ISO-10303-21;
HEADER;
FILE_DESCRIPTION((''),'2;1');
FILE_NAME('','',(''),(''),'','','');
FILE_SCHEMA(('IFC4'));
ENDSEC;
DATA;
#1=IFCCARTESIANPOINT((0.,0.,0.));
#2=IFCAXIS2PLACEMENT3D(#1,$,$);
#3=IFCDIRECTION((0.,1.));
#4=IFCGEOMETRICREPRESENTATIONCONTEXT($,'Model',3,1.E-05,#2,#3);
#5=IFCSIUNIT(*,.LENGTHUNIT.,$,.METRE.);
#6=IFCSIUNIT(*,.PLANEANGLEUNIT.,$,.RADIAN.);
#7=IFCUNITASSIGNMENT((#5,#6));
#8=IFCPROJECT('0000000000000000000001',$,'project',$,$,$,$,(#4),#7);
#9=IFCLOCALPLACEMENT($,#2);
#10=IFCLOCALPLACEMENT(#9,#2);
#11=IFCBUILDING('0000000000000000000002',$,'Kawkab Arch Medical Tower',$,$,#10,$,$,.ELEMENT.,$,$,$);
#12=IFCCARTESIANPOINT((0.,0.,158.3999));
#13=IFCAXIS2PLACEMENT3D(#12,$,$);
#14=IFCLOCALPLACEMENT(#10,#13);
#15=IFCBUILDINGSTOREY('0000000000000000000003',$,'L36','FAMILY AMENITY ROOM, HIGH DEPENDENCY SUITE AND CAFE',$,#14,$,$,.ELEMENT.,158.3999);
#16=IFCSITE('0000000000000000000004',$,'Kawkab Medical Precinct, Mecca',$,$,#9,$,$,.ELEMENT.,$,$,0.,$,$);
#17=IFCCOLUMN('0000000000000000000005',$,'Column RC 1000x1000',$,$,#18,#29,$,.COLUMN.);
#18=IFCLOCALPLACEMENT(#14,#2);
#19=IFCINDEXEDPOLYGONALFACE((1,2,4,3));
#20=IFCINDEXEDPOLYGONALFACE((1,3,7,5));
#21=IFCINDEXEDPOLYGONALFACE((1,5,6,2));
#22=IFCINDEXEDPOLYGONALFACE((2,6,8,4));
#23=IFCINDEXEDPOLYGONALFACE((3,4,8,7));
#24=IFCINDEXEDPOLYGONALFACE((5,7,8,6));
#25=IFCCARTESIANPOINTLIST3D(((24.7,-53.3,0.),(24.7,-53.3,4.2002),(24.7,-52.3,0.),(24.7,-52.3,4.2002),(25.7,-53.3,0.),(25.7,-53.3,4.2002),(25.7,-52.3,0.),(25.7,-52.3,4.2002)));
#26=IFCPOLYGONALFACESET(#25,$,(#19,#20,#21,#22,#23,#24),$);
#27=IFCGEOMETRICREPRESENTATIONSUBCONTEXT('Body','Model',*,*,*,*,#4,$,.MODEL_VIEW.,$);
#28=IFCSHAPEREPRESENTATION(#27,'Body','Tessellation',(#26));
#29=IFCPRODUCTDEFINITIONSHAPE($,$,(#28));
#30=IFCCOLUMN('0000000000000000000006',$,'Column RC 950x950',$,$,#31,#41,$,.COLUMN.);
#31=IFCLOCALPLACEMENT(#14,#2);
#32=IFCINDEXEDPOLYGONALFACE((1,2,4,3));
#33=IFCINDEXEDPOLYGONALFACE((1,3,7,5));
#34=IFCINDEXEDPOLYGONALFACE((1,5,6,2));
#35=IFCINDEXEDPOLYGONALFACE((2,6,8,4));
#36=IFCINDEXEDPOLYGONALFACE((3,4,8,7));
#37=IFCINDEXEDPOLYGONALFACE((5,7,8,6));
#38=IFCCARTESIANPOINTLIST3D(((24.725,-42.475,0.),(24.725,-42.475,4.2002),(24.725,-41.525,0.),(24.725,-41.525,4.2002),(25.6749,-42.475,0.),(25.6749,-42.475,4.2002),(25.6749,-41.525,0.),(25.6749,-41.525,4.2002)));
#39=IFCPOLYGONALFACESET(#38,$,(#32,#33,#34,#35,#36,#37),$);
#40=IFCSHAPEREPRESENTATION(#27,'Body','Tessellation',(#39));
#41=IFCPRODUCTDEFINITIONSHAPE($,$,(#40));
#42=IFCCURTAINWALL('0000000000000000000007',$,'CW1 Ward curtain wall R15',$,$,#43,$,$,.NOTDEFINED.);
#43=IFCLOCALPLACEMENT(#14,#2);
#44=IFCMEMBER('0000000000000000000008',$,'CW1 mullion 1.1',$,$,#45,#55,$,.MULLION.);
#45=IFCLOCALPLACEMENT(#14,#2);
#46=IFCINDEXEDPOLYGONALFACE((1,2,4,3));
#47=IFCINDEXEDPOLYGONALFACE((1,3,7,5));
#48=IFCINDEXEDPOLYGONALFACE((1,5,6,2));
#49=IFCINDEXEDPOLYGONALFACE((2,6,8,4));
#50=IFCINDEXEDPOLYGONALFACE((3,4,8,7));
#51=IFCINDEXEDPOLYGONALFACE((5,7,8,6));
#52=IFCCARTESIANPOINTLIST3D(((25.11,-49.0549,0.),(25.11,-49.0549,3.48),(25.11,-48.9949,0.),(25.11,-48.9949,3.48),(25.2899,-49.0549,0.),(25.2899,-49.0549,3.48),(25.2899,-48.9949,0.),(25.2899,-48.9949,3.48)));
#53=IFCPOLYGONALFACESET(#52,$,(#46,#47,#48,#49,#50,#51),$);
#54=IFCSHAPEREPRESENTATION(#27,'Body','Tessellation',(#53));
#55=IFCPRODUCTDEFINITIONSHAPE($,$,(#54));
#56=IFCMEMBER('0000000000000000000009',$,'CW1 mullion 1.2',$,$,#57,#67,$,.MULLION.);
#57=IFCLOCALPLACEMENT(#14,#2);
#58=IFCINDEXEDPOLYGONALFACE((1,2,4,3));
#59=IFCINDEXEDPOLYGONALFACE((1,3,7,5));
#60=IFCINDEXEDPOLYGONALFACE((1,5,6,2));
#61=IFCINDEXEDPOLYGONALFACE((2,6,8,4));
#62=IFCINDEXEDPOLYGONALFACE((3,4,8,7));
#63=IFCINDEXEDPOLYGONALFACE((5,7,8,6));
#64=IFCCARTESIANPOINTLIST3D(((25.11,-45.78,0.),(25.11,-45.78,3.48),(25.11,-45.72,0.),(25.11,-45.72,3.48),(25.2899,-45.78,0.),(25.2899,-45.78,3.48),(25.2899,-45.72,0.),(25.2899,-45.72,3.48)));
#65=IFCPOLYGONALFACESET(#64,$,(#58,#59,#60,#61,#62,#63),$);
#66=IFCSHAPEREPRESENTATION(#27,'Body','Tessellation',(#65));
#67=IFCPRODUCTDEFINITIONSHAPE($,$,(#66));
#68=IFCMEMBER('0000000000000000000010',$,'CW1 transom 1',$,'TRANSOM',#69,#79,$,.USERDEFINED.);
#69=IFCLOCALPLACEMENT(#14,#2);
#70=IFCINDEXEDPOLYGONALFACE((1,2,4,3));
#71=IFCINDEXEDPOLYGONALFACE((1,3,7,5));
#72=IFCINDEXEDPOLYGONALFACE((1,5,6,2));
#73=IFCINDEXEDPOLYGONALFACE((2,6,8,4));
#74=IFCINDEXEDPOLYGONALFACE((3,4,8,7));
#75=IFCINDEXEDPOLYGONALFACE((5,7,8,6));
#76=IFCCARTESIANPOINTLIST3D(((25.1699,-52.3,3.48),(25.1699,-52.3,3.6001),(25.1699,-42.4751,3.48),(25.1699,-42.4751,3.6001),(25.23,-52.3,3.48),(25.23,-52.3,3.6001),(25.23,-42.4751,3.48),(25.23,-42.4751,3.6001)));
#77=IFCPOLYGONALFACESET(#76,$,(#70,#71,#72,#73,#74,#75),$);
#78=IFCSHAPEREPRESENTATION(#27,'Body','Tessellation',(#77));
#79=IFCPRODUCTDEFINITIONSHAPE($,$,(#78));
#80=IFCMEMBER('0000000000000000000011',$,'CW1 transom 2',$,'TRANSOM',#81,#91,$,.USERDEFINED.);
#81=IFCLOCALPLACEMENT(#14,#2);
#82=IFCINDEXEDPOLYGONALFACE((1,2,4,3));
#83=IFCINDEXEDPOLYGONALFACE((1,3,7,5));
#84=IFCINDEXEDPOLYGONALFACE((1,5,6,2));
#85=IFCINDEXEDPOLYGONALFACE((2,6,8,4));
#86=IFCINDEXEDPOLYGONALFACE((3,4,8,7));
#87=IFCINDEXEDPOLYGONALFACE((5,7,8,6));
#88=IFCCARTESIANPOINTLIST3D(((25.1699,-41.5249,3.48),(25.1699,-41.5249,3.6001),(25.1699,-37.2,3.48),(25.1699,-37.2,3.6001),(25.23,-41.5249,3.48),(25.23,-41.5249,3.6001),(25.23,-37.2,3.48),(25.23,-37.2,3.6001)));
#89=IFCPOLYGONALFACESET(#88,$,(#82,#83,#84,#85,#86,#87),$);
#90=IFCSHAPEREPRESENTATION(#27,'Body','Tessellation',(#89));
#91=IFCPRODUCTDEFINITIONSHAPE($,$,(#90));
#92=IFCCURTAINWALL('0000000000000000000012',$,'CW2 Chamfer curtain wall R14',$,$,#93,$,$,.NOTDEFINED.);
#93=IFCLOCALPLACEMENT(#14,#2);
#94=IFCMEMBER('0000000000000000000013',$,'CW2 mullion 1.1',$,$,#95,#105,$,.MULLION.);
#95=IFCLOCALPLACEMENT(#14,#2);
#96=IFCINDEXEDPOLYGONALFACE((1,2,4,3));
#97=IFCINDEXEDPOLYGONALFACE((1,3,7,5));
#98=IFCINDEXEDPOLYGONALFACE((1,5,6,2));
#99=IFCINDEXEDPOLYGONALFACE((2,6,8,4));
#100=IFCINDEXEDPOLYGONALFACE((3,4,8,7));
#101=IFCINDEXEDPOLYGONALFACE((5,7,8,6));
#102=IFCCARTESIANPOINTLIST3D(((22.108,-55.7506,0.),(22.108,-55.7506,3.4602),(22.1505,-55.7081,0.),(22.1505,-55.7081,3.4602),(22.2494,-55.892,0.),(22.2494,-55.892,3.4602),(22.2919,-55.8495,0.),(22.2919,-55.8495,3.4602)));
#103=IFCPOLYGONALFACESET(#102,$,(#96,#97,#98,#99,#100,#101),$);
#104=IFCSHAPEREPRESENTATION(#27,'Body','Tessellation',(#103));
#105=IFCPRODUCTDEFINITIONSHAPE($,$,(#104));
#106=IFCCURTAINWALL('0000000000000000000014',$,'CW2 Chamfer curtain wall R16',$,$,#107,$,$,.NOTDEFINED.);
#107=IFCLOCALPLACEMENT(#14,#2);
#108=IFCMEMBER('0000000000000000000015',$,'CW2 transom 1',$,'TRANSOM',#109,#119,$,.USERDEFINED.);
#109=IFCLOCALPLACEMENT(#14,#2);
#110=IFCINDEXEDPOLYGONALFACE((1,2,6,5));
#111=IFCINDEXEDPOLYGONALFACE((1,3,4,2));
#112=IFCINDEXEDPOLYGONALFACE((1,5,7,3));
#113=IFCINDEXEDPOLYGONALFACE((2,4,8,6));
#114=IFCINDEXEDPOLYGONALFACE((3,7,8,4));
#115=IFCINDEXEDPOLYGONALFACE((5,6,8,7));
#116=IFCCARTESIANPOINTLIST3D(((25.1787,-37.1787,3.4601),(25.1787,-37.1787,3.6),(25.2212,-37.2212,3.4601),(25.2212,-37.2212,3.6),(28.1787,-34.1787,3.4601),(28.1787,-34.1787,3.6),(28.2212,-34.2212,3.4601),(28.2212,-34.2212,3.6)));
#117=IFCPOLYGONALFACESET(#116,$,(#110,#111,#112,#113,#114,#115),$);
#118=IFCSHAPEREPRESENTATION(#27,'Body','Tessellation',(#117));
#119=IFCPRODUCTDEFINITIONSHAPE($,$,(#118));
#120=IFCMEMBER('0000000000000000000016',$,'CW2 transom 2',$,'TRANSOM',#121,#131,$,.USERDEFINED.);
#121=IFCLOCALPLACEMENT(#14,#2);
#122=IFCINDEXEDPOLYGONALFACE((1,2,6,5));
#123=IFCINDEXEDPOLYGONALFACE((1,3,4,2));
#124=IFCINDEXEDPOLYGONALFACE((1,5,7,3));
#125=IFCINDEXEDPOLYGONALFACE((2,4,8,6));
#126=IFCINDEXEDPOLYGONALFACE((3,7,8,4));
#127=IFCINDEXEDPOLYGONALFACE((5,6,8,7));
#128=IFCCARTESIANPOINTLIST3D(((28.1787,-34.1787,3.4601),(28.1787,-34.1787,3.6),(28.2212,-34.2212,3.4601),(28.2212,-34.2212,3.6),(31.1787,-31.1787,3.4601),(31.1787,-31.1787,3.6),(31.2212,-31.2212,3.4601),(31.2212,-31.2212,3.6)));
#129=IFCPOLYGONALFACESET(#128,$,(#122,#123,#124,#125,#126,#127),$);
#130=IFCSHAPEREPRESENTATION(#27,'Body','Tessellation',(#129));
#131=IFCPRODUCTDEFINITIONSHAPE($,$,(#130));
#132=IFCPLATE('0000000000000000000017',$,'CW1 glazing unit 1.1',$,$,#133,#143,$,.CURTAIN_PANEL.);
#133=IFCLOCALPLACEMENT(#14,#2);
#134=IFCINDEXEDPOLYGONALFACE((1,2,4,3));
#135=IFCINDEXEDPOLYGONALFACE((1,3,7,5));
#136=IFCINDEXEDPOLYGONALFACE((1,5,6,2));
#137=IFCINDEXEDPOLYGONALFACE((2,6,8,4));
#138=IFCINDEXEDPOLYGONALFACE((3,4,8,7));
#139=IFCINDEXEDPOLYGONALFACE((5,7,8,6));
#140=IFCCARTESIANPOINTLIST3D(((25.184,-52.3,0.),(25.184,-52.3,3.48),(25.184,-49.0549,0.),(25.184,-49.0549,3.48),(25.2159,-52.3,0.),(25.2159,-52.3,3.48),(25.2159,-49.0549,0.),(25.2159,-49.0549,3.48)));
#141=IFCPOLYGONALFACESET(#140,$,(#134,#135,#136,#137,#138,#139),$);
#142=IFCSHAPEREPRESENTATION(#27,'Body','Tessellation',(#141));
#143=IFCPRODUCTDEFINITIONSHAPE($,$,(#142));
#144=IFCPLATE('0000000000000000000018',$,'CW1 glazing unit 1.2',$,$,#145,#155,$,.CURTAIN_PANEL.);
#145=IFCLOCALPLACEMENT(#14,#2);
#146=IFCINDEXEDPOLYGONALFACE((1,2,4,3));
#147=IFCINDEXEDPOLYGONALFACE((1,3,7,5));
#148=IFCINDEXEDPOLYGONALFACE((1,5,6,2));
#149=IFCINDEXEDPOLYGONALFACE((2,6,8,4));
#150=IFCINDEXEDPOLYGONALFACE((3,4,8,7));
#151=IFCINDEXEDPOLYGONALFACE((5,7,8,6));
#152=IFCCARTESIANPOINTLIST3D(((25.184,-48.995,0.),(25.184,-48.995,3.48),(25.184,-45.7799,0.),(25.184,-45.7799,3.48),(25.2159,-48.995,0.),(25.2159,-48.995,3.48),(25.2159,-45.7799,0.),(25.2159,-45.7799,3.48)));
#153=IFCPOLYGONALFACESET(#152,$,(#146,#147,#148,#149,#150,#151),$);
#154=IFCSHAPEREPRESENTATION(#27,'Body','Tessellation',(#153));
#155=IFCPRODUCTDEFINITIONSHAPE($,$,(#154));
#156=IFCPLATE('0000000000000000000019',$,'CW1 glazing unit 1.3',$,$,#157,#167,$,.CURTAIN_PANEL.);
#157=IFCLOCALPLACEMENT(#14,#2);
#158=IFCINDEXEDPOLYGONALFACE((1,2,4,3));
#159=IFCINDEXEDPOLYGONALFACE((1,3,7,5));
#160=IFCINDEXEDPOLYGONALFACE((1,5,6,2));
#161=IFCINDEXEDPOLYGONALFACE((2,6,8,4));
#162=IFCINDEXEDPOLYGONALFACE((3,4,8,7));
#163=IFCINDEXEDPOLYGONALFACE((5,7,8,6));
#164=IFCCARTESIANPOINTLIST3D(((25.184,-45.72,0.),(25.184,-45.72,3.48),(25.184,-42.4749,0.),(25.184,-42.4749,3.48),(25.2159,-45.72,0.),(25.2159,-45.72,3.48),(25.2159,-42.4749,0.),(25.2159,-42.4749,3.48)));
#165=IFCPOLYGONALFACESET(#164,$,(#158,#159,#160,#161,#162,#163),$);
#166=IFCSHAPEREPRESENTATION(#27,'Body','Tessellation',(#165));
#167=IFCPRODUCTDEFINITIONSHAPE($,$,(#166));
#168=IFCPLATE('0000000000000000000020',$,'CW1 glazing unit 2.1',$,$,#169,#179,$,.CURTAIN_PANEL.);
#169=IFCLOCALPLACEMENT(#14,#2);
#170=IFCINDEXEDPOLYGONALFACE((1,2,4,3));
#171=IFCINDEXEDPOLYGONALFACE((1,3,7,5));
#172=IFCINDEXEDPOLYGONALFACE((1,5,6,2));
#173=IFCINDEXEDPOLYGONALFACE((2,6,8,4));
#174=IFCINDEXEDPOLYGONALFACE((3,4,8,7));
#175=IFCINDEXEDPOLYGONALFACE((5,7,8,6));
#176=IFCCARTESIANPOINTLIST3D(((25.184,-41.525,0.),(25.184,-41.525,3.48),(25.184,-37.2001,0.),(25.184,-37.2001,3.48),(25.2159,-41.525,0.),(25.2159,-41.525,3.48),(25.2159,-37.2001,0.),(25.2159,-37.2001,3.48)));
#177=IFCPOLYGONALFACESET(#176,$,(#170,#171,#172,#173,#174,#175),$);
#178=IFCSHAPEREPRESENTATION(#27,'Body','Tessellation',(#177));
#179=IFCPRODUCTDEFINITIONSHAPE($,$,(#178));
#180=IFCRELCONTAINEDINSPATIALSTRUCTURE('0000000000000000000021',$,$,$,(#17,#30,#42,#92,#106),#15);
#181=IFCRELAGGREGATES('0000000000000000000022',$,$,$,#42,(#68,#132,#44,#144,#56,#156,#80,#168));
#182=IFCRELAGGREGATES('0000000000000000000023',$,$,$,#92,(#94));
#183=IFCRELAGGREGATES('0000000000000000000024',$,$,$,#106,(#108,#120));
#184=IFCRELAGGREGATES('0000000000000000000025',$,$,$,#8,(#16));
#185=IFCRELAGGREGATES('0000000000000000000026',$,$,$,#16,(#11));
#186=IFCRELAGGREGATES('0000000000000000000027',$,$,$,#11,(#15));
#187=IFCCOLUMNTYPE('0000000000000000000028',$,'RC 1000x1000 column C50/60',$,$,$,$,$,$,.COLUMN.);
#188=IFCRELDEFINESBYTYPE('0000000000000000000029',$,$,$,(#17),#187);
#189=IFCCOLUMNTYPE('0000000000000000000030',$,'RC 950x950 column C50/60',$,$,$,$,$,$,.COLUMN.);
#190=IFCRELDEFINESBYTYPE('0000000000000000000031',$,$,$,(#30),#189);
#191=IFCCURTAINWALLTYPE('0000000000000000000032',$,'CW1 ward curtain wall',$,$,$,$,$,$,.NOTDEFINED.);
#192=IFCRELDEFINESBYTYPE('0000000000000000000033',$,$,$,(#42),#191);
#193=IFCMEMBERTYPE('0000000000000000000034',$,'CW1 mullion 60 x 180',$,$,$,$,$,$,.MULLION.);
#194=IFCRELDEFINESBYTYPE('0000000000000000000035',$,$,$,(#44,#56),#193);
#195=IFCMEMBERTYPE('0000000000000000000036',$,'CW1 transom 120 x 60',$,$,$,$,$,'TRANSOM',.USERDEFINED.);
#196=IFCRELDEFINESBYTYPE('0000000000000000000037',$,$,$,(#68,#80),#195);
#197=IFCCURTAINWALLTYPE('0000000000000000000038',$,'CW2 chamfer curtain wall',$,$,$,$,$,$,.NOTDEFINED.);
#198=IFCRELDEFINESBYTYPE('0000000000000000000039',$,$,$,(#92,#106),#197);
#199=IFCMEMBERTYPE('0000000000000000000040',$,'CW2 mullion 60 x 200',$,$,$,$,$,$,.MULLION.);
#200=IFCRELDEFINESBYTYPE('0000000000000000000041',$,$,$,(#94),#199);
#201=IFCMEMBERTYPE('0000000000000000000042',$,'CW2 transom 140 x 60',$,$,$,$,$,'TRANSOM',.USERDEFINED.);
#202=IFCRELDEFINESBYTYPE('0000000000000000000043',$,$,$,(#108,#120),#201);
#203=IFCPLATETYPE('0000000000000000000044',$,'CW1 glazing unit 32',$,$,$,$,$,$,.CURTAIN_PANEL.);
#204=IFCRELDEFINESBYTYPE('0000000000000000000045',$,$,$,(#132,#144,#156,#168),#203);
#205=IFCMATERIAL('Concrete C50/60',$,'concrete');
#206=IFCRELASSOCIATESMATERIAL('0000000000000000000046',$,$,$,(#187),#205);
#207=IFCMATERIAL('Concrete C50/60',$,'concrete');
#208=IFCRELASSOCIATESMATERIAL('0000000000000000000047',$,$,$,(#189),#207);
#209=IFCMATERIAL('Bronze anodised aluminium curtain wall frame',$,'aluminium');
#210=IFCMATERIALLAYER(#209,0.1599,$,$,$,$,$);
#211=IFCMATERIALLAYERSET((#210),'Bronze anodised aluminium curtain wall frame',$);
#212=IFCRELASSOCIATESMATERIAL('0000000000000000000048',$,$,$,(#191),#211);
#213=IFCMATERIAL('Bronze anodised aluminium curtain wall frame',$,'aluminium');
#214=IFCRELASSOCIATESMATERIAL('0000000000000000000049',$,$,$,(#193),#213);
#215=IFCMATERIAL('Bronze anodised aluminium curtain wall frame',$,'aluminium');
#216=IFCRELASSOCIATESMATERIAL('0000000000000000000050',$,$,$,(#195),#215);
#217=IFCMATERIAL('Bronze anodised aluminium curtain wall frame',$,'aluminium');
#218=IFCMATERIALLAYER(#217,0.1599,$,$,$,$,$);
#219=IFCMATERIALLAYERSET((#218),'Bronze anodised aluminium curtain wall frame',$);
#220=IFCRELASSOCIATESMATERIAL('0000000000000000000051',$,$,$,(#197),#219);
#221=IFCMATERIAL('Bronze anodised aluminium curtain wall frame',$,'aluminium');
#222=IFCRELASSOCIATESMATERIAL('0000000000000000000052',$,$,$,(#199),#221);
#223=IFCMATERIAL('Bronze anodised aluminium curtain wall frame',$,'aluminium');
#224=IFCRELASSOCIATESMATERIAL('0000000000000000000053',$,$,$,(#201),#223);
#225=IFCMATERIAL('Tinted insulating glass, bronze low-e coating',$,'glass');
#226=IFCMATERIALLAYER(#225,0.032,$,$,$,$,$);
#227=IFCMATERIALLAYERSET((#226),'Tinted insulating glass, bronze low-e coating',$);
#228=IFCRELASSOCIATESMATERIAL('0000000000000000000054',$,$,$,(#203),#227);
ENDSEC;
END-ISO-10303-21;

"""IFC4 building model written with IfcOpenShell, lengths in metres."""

from ifc_helpers import new_model, si_unit, direction, frame, origin, origin_2d, place, context, subcontext, project, spatial, rectangle, extrude, material, layer, layer_set, material_profile, profile_set, type_object, element, aggregate, save


model = new_model("IFC4")

# Units and contexts
model_context = context("Model", 3, precision=1e-05, world=origin(), true_north=direction((0.0, 1.0)))
body_context = subcontext(model_context, "Body", "Model", "MODEL_VIEW")
ifc_project = project(units=[si_unit("LENGTHUNIT", "METRE"), si_unit("PLANEANGLEUNIT", "RADIAN")], contexts=[model_context])

# Site, building, storey
site_placement = place(None, origin())
site = spatial("IfcSite", under=ifc_project, at=site_placement, Name="Kawkab Medical Precinct, Mecca", CompositionType="ELEMENT", RefElevation=0.0)
building_placement = place(site_placement, origin())
building = spatial("IfcBuilding", under=site, at=building_placement, Name="Kawkab Arch Medical Tower", CompositionType="ELEMENT")
storey_placement = place(building_placement, frame((0.0, 0.0, 158.3999)))
storey = spatial("IfcBuildingStorey", under=building, at=storey_placement, Name="L36", Description="FAMILY AMENITY ROOM, HIGH DEPENDENCY SUITE AND CAFE", CompositionType="ELEMENT", Elevation=158.3999)

# Columns
ifc_material_1 = material(Name="Concrete C50/60", Category="concrete")
ifc_material_profile_1 = material_profile(ifc_material_1, rectangle(XDim=1.0, YDim=1.0, at=origin_2d()), Name="RC 1000x1000")
ifc_profile_set_1 = profile_set([ifc_material_profile_1], Name="Concrete C50/60")
column_type_1 = type_object("IfcColumnType", Name="RC 1000x1000 column C50/60", PredefinedType="COLUMN", material=ifc_profile_set_1)
column_1_placement = place(storey_placement, frame((25.2, -52.8, 0.0), z_axis=(0.0, 0.0, 1.0), x_axis=(1.0, 0.0, 0.0)))
element("IfcColumn", 1, at=column_1_placement, inside=storey, type_object=column_type_1, Name="Column RC 1000x1000", PredefinedType="COLUMN", context=body_context, shape_type="SweptSolid", body=[
    extrude(rectangle(XDim=1.0, YDim=1.0, at=origin_2d()), origin(), (0.0, 0.0, 1.0), 4.2002),
])
ifc_material_2 = material(Name="Concrete C50/60", Category="concrete")
ifc_material_profile_2 = material_profile(ifc_material_2, rectangle(XDim=0.95, YDim=0.95, at=origin_2d()), Name="RC 950x950")
ifc_profile_set_2 = profile_set([ifc_material_profile_2], Name="Concrete C50/60")
column_type_2 = type_object("IfcColumnType", Name="RC 950x950 column C50/60", PredefinedType="COLUMN", material=ifc_profile_set_2)
column_2_placement = place(storey_placement, frame((25.2, -42.0, 0.0), z_axis=(0.0, 0.0, 1.0), x_axis=(1.0, 0.0, 0.0)))
element("IfcColumn", 2, at=column_2_placement, inside=storey, type_object=column_type_2, Name="Column RC 950x950", PredefinedType="COLUMN", context=body_context, shape_type="SweptSolid", body=[
    extrude(rectangle(XDim=0.95, YDim=0.95, at=origin_2d()), origin(), (0.0, 0.0, 1.0), 4.2002),
])

# Curtain wall, members
ifc_material_3 = material(Name="Bronze anodised aluminium curtain wall frame", Category="aluminium")
ifc_layer_1 = layer(ifc_material_3, 0.1599)
ifc_layer_set_1 = layer_set([ifc_layer_1], Name="Bronze anodised aluminium curtain wall frame")
curtain_wall_type_1 = type_object("IfcCurtainWallType", Name="CW1 ward curtain wall", PredefinedType="NOTDEFINED", material=ifc_layer_set_1)
placement = place(storey_placement, origin())
curtain_wall_1 = element("IfcCurtainWall", 3, at=placement, inside=storey, type_object=curtain_wall_type_1, Name="CW1 Ward curtain wall R15", PredefinedType="NOTDEFINED")
ifc_material_4 = material(Name="Bronze anodised aluminium curtain wall frame", Category="aluminium")
ifc_material_profile_3 = material_profile(ifc_material_4, rectangle(XDim=0.1799, YDim=0.0601, at=origin_2d()), Name="AL 60x180")
ifc_profile_set_3 = profile_set([ifc_material_profile_3], Name="Bronze anodised aluminium curtain wall frame")
member_type_1 = type_object("IfcMemberType", Name="CW1 mullion 60 x 180", PredefinedType="MULLION", material=ifc_profile_set_3)
member_1_placement = place(storey_placement, frame((25.2, -49.0249, 0.0), z_axis=(0.0, 0.0, 1.0), x_axis=(-1.0, 0.0, 0.0)))
member_1 = element("IfcMember", 4, at=member_1_placement, type_object=member_type_1, Name="CW1 mullion 1.1", PredefinedType="MULLION", context=body_context, shape_type="SweptSolid", body=[
    extrude(rectangle(XDim=0.1799, YDim=0.0601, at=origin_2d()), origin(), (0.0, 0.0, 1.0), 3.48),
])
member_2_placement = place(storey_placement, frame((25.2, -45.75, 0.0), z_axis=(0.0, 0.0, 1.0), x_axis=(-1.0, 0.0, 0.0)))
member_2 = element("IfcMember", 5, at=member_2_placement, type_object=member_type_1, Name="CW1 mullion 1.2", PredefinedType="MULLION", context=body_context, shape_type="SweptSolid", body=[
    extrude(rectangle(XDim=0.1799, YDim=0.0601, at=origin_2d()), origin(), (0.0, 0.0, 1.0), 3.48),
])
ifc_material_5 = material(Name="Bronze anodised aluminium curtain wall frame", Category="aluminium")
ifc_material_profile_4 = material_profile(ifc_material_5, rectangle(XDim=0.0601, YDim=0.1201, at=origin_2d()), Name="AL 60x120")
ifc_profile_set_4 = profile_set([ifc_material_profile_4], Name="Bronze anodised aluminium curtain wall frame")
member_type_2 = type_object("IfcMemberType", Name="CW1 transom 120 x 60", ElementType="TRANSOM", PredefinedType="USERDEFINED", material=ifc_profile_set_4)
member_3_placement = place(storey_placement, frame((25.2, -52.3, 3.54), z_axis=(0.0, 1.0, 0.0), x_axis=(-1.0, 0.0, 0.0)))
member_3 = element("IfcMember", 6, at=member_3_placement, type_object=member_type_2, Name="CW1 transom 1", ObjectType="TRANSOM", PredefinedType="USERDEFINED", context=body_context, shape_type="SweptSolid", body=[
    extrude(rectangle(XDim=0.0601, YDim=0.1201, at=origin_2d()), origin(), (0.0, 0.0, 1.0), 9.825),
])
member_4_placement = place(storey_placement, frame((25.2, -41.5249, 3.54), z_axis=(0.0, 1.0, 0.0), x_axis=(-1.0, 0.0, 0.0)))
member_4 = element("IfcMember", 7, at=member_4_placement, type_object=member_type_2, Name="CW1 transom 2", ObjectType="TRANSOM", PredefinedType="USERDEFINED", context=body_context, shape_type="SweptSolid", body=[
    extrude(rectangle(XDim=0.0601, YDim=0.1201, at=origin_2d()), origin(), (0.0, 0.0, 1.0), 4.325),
])

# Curtain wall, member
ifc_material_6 = material(Name="Bronze anodised aluminium curtain wall frame", Category="aluminium")
ifc_layer_2 = layer(ifc_material_6, 0.1599)
ifc_layer_set_2 = layer_set([ifc_layer_2], Name="Bronze anodised aluminium curtain wall frame")
curtain_wall_type_2 = type_object("IfcCurtainWallType", Name="CW2 chamfer curtain wall", PredefinedType="NOTDEFINED", material=ifc_layer_set_2)
curtain_wall_2 = element("IfcCurtainWall", 8, at=placement, inside=storey, type_object=curtain_wall_type_2, Name="CW2 Chamfer curtain wall R14", PredefinedType="NOTDEFINED")
ifc_material_7 = material(Name="Bronze anodised aluminium curtain wall frame", Category="aluminium")
ifc_material_profile_5 = material_profile(ifc_material_7, rectangle(XDim=0.2, YDim=0.0601, at=origin_2d()), Name="AL 60x200")
ifc_profile_set_5 = profile_set([ifc_material_profile_5], Name="Bronze anodised aluminium curtain wall frame")
member_type_3 = type_object("IfcMemberType", Name="CW2 mullion 60 x 200", PredefinedType="MULLION", material=ifc_profile_set_5)
member_5_placement = place(storey_placement, frame((22.2, -55.8, 0.0), z_axis=(0.0, 0.0, 1.0), x_axis=(-0.707107, 0.707107, 0.0)))
member_5 = element("IfcMember", 9, at=member_5_placement, type_object=member_type_3, Name="CW2 mullion 1.1", PredefinedType="MULLION", context=body_context, shape_type="SweptSolid", body=[
    extrude(rectangle(XDim=0.2, YDim=0.0601, at=origin_2d()), origin(), (0.0, 0.0, 1.0), 3.4602),
])

# Curtain wall, members
curtain_wall_3 = element("IfcCurtainWall", 10, at=placement, inside=storey, type_object=curtain_wall_type_2, Name="CW2 Chamfer curtain wall R16", PredefinedType="NOTDEFINED")
ifc_material_8 = material(Name="Bronze anodised aluminium curtain wall frame", Category="aluminium")
ifc_material_profile_6 = material_profile(ifc_material_8, rectangle(XDim=0.0601, YDim=0.1399, at=origin_2d()), Name="AL 60x140")
ifc_profile_set_6 = profile_set([ifc_material_profile_6], Name="Bronze anodised aluminium curtain wall frame")
member_type_4 = type_object("IfcMemberType", Name="CW2 transom 140 x 60", ElementType="TRANSOM", PredefinedType="USERDEFINED", material=ifc_profile_set_6)
member_6_placement = place(storey_placement, frame((25.2, -37.2, 3.53), z_axis=(0.707107, 0.707107, 0.0), x_axis=(-0.707107, 0.707107, 0.0)))
member_6 = element("IfcMember", 11, at=member_6_placement, type_object=member_type_4, Name="CW2 transom 1", ObjectType="TRANSOM", PredefinedType="USERDEFINED", context=body_context, shape_type="SweptSolid", body=[
    extrude(rectangle(XDim=0.0601, YDim=0.1399, at=origin_2d()), origin(), (0.0, 0.0, 1.0), 4.2427),
])
member_7_placement = place(storey_placement, frame((28.2, -34.2, 3.53), z_axis=(0.707107, 0.707107, 0.0), x_axis=(-0.707107, 0.707107, 0.0)))
member_7 = element("IfcMember", 12, at=member_7_placement, type_object=member_type_4, Name="CW2 transom 2", ObjectType="TRANSOM", PredefinedType="USERDEFINED", context=body_context, shape_type="SweptSolid", body=[
    extrude(rectangle(XDim=0.0601, YDim=0.1399, at=origin_2d()), origin(), (0.0, 0.0, 1.0), 4.2427),
])

# Plates
ifc_material_9 = material(Name="Tinted insulating glass, bronze low-e coating", Category="glass")
ifc_layer_3 = layer(ifc_material_9, 0.032)
ifc_layer_set_3 = layer_set([ifc_layer_3], Name="Tinted insulating glass, bronze low-e coating")
plate_type_1 = type_object("IfcPlateType", Name="CW1 glazing unit 32", PredefinedType="CURTAIN_PANEL", material=ifc_layer_set_3)
plate_1_placement = place(storey_placement, frame((25.2, -50.6775, 0.0), z_axis=(0.0, 0.0, 1.0), x_axis=(0.0, 1.0, 0.0)))
plate_1 = element("IfcPlate", 13, at=plate_1_placement, type_object=plate_type_1, Name="CW1 glazing unit 1.1", PredefinedType="CURTAIN_PANEL", context=body_context, shape_type="SweptSolid", body=[
    extrude(rectangle(XDim=3.2451, YDim=0.032, at=origin_2d()), origin(), (0.0, 0.0, 1.0), 3.48),
])
plate_2_placement = place(storey_placement, frame((25.2, -47.3875, 0.0), z_axis=(0.0, 0.0, 1.0), x_axis=(0.0, 1.0, 0.0)))
plate_2 = element("IfcPlate", 14, at=plate_2_placement, type_object=plate_type_1, Name="CW1 glazing unit 1.2", PredefinedType="CURTAIN_PANEL", context=body_context, shape_type="SweptSolid", body=[
    extrude(rectangle(XDim=3.2151, YDim=0.032, at=origin_2d()), origin(), (0.0, 0.0, 1.0), 3.48),
])
plate_3_placement = place(storey_placement, frame((25.2, -44.0974, 0.0), z_axis=(0.0, 0.0, 1.0), x_axis=(0.0, 1.0, 0.0)))
plate_3 = element("IfcPlate", 15, at=plate_3_placement, type_object=plate_type_1, Name="CW1 glazing unit 1.3", PredefinedType="CURTAIN_PANEL", context=body_context, shape_type="SweptSolid", body=[
    extrude(rectangle(XDim=3.2451, YDim=0.032, at=origin_2d()), origin(), (0.0, 0.0, 1.0), 3.48),
])
plate_4_placement = place(storey_placement, frame((25.2, -39.3625, 0.0), z_axis=(0.0, 0.0, 1.0), x_axis=(0.0, 1.0, 0.0)))
plate_4 = element("IfcPlate", 16, at=plate_4_placement, type_object=plate_type_1, Name="CW1 glazing unit 2.1", PredefinedType="CURTAIN_PANEL", context=body_context, shape_type="SweptSolid", body=[
    extrude(rectangle(XDim=4.325, YDim=0.032, at=origin_2d()), origin(), (0.0, 0.0, 1.0), 3.48),
])
aggregate(curtain_wall_1, [member_3, plate_1, member_1, plate_2, member_2, plate_3, member_4, plate_4])
aggregate(curtain_wall_2, [member_5])
aggregate(curtain_wall_3, [member_6, member_7])

save(model, "model.ifc")
